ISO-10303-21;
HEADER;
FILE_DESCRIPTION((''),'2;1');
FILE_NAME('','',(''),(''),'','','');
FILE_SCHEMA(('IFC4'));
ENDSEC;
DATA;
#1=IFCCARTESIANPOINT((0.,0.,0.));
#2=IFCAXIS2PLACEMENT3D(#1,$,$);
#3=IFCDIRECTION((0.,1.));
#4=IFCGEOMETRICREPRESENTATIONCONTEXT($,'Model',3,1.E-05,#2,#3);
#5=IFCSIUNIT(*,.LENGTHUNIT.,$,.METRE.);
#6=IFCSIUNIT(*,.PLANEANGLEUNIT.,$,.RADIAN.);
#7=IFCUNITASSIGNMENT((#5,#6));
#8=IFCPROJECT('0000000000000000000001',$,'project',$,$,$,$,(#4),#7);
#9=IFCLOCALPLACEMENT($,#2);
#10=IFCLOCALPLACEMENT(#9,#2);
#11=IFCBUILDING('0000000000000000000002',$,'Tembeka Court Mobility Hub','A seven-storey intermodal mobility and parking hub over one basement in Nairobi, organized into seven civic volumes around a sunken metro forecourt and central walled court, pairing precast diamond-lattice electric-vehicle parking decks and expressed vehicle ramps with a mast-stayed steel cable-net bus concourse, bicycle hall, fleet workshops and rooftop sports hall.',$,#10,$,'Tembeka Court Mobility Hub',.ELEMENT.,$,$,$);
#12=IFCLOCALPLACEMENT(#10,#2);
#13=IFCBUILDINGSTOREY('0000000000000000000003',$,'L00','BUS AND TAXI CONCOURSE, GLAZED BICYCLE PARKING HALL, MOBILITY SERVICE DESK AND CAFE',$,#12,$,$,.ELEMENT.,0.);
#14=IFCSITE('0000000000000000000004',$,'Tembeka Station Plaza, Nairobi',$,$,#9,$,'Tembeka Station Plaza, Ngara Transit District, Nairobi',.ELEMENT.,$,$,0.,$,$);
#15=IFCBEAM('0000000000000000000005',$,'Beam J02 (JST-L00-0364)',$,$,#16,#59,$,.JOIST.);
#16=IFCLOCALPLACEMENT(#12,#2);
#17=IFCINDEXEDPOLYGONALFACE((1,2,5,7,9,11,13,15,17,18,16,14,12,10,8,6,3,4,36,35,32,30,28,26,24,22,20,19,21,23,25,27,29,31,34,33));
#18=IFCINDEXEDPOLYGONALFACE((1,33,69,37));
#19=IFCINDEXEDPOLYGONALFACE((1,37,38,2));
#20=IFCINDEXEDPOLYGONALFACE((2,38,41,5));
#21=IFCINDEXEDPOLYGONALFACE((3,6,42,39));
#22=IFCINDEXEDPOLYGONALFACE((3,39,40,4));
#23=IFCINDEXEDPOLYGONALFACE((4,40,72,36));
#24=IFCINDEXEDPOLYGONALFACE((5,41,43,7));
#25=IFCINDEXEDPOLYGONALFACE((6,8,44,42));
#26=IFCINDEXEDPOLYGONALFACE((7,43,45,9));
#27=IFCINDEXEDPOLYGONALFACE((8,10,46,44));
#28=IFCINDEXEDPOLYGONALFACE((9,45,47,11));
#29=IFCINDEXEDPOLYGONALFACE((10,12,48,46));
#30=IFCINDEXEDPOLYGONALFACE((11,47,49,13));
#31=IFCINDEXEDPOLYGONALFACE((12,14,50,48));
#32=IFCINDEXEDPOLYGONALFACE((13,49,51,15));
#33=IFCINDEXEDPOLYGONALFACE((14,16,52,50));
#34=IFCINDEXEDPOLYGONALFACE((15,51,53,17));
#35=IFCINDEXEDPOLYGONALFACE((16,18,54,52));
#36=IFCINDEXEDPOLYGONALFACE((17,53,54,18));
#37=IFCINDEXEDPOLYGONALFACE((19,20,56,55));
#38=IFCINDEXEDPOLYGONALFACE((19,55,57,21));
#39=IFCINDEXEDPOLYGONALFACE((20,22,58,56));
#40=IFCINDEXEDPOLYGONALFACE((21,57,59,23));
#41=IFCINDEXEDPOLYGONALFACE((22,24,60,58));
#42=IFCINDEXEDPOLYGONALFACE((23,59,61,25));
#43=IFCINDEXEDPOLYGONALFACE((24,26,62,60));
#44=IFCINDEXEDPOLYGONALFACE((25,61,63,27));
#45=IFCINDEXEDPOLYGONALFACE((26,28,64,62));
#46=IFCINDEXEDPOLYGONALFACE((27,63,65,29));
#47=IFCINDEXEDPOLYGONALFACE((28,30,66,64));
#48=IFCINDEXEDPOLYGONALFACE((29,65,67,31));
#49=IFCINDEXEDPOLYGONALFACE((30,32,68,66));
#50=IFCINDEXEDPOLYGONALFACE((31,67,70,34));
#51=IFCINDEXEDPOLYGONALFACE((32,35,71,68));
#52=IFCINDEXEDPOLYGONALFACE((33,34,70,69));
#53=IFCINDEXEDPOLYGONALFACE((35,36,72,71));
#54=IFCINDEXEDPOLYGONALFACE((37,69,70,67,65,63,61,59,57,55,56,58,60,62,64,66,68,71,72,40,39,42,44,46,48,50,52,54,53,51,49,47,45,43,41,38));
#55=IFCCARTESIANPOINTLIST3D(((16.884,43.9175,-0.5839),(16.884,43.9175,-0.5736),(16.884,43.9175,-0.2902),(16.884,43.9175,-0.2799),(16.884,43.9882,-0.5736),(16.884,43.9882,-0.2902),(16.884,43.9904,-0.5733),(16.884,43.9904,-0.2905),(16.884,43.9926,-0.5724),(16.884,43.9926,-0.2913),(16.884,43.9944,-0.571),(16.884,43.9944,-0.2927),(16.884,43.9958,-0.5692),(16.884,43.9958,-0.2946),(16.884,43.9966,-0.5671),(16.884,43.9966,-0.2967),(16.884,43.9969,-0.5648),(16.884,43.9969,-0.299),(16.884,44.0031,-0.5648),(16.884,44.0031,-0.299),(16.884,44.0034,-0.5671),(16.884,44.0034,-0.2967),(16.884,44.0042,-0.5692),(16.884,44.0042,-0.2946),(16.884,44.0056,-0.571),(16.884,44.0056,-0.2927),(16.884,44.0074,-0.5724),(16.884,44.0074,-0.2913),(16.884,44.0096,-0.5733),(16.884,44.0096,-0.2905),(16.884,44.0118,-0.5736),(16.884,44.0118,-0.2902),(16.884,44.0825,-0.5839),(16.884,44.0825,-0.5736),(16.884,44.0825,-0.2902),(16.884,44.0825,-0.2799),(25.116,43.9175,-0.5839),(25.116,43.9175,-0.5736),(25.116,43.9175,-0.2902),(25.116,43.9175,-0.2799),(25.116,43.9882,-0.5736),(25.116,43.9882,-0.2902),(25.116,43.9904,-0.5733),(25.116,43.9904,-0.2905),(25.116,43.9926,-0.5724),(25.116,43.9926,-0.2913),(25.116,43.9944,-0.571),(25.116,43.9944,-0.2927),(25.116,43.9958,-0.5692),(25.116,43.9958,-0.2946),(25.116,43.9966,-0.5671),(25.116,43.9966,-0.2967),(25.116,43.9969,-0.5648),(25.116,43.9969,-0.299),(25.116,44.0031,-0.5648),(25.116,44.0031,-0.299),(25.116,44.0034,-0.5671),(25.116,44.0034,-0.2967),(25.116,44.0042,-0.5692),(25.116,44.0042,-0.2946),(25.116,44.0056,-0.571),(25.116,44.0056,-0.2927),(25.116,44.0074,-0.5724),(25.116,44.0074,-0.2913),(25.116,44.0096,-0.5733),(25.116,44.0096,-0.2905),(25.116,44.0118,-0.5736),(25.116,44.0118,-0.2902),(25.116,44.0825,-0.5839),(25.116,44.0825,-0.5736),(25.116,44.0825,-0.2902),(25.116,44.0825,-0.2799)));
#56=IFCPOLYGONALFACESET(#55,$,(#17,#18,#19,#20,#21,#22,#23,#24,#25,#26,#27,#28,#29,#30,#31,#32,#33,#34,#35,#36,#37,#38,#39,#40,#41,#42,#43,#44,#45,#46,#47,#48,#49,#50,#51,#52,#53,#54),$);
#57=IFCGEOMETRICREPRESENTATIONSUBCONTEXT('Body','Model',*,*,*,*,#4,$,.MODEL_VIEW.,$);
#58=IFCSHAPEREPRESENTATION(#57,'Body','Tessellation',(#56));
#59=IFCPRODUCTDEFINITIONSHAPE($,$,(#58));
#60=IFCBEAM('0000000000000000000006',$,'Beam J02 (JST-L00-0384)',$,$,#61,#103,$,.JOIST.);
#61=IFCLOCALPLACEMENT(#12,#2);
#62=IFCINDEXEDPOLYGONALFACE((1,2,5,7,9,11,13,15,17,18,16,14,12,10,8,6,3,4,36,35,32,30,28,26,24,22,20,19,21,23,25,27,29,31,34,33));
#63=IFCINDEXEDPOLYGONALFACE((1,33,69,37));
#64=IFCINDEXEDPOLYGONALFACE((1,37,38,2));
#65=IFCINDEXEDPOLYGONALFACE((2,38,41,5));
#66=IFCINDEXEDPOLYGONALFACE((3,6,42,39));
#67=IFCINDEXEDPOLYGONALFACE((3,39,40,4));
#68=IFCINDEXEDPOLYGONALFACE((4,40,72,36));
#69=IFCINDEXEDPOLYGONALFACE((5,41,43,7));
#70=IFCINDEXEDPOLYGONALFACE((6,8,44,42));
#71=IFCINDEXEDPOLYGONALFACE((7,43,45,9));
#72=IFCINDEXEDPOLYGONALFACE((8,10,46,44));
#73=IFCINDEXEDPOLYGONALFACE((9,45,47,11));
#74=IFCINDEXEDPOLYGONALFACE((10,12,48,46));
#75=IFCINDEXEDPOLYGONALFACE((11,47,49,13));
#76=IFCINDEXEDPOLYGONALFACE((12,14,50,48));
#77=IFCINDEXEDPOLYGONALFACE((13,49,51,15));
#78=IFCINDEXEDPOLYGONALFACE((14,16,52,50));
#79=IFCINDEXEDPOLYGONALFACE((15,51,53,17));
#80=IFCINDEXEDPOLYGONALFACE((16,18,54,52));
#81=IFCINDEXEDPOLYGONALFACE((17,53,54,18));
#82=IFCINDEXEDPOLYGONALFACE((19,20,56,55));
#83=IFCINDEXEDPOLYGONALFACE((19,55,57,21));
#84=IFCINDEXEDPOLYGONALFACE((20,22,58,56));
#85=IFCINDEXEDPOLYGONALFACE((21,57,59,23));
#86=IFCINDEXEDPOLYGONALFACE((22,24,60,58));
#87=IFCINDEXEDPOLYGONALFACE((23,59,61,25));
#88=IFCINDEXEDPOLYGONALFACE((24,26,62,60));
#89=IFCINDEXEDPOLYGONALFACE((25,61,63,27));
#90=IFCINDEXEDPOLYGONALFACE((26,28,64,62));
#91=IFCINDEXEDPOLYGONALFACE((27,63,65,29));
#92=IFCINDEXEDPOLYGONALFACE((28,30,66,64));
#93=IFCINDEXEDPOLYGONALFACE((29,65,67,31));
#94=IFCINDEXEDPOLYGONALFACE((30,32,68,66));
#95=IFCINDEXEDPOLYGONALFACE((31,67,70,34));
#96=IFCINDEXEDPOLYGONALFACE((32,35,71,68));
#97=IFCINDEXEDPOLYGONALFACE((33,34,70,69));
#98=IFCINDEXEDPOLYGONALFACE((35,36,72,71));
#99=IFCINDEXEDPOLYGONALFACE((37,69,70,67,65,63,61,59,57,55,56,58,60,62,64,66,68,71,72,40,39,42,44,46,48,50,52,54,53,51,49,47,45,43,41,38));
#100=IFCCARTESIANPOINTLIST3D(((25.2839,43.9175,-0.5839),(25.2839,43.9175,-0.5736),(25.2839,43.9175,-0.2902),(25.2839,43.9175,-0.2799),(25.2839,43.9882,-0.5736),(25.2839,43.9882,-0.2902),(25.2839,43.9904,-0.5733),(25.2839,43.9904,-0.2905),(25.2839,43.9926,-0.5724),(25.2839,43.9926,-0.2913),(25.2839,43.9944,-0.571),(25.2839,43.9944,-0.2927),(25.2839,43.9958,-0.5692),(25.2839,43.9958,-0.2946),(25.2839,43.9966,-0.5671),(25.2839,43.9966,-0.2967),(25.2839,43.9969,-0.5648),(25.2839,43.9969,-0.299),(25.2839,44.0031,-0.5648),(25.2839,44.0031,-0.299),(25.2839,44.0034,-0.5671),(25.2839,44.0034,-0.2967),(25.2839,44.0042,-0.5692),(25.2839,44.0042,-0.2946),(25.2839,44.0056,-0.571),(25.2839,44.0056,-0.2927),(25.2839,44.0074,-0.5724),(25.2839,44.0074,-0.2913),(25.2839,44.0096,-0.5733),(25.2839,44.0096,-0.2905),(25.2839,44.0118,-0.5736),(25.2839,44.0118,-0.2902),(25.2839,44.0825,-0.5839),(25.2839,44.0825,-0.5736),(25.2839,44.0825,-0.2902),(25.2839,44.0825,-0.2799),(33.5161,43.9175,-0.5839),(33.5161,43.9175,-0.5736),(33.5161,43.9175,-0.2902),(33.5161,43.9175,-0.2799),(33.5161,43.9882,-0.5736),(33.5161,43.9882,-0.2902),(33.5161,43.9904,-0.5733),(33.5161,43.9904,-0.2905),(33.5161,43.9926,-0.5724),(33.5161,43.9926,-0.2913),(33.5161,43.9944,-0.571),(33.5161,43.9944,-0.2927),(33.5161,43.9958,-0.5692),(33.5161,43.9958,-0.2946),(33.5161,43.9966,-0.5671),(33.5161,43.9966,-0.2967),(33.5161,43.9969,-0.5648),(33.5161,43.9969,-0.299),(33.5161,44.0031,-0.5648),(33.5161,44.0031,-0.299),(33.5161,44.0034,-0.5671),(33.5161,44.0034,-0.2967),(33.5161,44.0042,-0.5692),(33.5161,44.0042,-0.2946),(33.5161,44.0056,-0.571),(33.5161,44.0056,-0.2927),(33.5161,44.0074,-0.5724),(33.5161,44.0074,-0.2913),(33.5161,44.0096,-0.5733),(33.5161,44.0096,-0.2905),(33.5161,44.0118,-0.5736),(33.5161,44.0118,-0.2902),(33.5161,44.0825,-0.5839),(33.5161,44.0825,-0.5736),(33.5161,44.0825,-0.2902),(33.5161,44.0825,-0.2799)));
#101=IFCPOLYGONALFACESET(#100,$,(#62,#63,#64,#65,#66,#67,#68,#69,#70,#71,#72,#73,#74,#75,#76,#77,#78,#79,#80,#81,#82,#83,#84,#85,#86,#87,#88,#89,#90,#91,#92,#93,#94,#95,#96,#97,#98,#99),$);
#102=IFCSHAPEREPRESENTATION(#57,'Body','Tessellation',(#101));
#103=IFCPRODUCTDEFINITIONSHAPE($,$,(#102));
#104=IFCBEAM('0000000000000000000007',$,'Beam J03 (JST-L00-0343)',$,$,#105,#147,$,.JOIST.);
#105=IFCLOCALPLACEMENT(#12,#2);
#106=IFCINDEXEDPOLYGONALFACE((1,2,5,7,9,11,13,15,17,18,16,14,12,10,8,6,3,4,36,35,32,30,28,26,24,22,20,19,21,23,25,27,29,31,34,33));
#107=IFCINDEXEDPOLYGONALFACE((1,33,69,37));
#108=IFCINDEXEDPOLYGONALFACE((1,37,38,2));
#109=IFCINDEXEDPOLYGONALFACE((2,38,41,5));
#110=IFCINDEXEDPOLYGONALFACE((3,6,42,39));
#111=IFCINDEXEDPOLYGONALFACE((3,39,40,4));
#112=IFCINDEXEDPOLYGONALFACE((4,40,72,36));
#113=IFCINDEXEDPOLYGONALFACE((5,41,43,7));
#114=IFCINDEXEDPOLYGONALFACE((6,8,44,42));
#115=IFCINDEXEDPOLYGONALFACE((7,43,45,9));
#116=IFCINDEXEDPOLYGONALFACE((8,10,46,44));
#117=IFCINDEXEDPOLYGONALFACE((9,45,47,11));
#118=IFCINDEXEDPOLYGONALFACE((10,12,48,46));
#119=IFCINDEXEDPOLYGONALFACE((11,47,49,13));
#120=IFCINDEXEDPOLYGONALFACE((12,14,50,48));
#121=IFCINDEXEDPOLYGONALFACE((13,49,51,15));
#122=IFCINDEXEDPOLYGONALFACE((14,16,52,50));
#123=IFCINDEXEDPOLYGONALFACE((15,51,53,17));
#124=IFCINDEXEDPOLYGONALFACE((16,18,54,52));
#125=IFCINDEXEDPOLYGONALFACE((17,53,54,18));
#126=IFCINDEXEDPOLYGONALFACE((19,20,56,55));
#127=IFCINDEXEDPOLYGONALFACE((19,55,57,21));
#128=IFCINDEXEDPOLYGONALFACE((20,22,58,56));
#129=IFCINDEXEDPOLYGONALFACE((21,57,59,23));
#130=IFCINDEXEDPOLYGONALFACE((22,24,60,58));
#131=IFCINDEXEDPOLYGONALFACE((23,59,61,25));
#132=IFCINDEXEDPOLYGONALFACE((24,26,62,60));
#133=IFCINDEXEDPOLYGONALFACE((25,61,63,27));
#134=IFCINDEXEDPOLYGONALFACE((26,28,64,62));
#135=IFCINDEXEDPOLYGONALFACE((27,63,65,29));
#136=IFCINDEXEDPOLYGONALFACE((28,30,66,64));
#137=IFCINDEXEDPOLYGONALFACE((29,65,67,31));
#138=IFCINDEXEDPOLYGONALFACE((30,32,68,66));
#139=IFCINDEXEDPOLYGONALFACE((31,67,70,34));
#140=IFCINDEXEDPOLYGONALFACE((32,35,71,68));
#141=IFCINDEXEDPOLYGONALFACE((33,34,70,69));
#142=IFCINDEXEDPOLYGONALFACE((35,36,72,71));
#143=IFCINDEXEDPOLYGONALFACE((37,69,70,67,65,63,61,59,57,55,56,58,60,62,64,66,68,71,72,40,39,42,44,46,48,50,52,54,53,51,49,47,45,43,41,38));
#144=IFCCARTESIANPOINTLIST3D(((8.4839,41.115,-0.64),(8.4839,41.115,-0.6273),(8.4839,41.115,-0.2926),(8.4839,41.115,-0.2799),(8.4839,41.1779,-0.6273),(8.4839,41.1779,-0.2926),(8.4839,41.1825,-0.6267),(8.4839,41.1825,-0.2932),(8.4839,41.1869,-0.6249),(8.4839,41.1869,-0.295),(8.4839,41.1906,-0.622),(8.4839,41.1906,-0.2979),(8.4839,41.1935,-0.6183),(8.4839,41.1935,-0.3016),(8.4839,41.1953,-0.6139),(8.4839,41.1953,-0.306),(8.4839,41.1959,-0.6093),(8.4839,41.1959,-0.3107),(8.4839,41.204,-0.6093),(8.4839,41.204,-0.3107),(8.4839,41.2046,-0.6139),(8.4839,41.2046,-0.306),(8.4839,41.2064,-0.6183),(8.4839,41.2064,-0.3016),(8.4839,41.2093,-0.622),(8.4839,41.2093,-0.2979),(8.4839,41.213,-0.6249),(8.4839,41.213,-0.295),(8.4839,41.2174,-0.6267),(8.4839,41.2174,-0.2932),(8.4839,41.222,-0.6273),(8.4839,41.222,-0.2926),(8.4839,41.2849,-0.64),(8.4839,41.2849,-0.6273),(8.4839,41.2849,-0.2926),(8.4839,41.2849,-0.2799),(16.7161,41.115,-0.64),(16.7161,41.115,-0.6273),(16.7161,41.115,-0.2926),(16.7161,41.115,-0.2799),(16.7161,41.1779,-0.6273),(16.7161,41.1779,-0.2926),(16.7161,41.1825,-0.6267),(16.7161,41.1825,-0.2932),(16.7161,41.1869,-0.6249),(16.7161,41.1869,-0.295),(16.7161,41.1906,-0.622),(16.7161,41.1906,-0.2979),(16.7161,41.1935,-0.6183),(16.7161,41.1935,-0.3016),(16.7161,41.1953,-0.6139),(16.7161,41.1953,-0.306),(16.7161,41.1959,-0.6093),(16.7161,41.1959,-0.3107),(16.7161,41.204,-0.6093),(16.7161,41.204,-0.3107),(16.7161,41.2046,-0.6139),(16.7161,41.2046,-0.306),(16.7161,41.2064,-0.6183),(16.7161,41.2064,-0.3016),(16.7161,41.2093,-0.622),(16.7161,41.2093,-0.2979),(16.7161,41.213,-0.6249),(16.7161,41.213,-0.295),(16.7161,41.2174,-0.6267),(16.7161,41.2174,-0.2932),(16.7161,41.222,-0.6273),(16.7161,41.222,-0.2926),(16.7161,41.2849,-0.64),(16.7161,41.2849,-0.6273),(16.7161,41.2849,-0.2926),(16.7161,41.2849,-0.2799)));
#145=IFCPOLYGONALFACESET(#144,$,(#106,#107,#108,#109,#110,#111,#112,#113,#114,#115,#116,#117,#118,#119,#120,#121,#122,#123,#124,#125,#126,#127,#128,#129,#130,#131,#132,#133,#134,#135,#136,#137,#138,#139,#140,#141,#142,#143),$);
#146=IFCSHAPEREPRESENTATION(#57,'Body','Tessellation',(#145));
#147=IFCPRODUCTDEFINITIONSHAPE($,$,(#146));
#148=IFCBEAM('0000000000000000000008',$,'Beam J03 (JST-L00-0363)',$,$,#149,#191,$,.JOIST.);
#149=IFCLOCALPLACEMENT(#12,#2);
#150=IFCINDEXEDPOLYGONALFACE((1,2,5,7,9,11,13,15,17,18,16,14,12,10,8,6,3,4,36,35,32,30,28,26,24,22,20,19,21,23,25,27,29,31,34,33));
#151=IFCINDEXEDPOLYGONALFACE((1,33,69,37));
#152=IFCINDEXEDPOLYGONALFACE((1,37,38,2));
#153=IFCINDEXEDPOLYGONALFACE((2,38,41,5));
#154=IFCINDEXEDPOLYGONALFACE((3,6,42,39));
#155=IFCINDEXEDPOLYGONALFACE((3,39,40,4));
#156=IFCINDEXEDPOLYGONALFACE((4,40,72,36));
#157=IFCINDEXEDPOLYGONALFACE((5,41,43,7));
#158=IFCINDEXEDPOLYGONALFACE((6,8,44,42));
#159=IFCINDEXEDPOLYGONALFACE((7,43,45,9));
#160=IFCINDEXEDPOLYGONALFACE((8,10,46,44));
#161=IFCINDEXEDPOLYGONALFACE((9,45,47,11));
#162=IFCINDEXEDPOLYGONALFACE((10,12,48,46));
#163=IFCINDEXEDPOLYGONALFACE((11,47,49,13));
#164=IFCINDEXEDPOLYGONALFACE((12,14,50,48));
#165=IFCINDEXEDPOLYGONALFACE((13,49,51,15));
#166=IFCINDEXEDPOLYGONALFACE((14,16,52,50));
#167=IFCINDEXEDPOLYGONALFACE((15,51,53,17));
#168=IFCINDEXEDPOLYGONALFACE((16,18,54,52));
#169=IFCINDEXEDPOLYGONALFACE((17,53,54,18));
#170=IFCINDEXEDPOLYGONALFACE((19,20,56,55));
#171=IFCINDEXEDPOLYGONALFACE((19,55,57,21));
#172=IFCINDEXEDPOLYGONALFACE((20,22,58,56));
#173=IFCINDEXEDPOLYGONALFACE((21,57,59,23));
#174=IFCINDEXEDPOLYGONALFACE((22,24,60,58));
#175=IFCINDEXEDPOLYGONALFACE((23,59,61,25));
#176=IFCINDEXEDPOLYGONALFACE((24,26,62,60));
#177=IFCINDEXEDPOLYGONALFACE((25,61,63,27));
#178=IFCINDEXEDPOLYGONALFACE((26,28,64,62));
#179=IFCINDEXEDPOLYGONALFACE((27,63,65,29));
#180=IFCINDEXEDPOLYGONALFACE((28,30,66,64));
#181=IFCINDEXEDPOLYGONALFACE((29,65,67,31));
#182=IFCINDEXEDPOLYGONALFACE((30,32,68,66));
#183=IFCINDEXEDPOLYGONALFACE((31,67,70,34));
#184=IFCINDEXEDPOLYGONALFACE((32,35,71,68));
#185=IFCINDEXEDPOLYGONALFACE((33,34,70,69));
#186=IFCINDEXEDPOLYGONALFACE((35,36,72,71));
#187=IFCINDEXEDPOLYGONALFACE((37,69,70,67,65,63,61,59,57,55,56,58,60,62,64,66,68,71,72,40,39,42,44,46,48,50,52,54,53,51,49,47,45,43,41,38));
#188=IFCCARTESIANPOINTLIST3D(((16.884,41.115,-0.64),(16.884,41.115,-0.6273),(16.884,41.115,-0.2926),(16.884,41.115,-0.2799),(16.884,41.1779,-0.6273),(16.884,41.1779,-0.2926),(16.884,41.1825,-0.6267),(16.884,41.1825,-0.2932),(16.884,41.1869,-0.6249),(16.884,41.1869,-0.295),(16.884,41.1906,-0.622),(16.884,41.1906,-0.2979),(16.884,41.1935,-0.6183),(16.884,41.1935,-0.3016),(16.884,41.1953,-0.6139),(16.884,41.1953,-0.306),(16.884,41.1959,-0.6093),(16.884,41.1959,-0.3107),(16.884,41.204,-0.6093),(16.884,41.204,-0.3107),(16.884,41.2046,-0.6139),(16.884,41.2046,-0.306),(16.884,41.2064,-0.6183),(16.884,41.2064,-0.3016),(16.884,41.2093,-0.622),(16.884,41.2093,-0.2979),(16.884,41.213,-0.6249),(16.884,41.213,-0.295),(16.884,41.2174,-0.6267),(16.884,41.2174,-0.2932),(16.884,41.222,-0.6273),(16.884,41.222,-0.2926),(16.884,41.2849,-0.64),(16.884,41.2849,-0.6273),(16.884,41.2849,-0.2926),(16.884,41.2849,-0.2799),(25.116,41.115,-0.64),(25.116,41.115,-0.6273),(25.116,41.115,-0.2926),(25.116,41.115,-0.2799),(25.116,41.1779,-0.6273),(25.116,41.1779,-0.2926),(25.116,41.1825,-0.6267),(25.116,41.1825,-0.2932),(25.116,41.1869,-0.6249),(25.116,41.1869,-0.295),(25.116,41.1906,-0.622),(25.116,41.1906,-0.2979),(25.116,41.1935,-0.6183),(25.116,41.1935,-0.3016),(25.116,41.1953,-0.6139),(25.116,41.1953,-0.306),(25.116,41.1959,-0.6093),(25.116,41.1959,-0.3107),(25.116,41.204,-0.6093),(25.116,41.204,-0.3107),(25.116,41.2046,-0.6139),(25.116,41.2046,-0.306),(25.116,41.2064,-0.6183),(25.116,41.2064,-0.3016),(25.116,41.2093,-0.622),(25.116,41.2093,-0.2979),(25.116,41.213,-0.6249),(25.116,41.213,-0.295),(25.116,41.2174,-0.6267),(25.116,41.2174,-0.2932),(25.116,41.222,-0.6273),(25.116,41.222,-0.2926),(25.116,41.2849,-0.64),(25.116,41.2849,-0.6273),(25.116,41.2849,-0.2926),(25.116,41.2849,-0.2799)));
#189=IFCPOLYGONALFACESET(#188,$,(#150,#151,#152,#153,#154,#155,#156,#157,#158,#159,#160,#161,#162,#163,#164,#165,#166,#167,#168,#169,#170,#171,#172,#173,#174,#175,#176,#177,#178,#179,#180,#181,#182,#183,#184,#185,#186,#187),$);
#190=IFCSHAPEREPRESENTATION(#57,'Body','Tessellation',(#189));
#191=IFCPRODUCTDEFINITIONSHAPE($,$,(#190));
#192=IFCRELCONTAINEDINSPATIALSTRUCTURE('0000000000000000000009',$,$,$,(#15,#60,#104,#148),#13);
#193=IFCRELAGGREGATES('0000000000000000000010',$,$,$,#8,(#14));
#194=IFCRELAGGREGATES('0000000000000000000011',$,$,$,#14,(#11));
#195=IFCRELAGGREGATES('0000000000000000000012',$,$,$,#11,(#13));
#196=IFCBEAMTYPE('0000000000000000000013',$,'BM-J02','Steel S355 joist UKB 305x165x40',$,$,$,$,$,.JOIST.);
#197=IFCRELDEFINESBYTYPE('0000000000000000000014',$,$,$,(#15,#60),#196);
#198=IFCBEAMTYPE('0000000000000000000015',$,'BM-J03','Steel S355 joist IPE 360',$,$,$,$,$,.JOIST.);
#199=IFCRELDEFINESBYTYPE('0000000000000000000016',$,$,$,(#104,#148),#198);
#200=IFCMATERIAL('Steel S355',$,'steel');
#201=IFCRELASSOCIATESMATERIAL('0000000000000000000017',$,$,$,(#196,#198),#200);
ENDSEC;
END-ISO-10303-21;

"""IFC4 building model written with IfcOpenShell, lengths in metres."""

from ifc_helpers import new_model, si_unit, direction, frame, origin, origin_2d, place, context, subcontext, project, spatial, i_section, extrude, material, material_profile, profile_set, type_object, element, save


model = new_model("IFC4")

# Units and contexts
model_context = context("Model", 3, precision=1e-05, world=origin(), true_north=direction((0.0, 1.0)))
body_context = subcontext(model_context, "Body", "Model", "MODEL_VIEW")
ifc_project = project(units=[si_unit("LENGTHUNIT", "METRE"), si_unit("PLANEANGLEUNIT", "RADIAN")], contexts=[model_context])

# Site, building, storey
site_placement = place(None, origin())
site = spatial("IfcSite", under=ifc_project, at=site_placement, Name="Tembeka Station Plaza, Nairobi", LongName="Tembeka Station Plaza, Ngara Transit District, Nairobi", CompositionType="ELEMENT", RefElevation=0.0)
building_placement = place(site_placement, origin())
building = spatial("IfcBuilding", under=site, at=building_placement, Name="Tembeka Court Mobility Hub", Description="A seven-storey intermodal mobility and parking hub over one basement in Nairobi, organized into seven civic volumes around a sunken metro forecourt and central walled court, pairing precast diamond-lattice electric-vehicle parking decks and expressed vehicle ramps with a mast-stayed steel cable-net bus concourse, bicycle hall, fleet workshops and rooftop sports hall.", LongName="Tembeka Court Mobility Hub", CompositionType="ELEMENT")
storey_placement = place(building_placement, origin())
storey = spatial("IfcBuildingStorey", under=building, at=storey_placement, Name="L00", Description="BUS AND TAXI CONCOURSE, GLAZED BICYCLE PARKING HALL, MOBILITY SERVICE DESK AND CAFE", CompositionType="ELEMENT", Elevation=0.0)

# Shared definitions
ifc_material_1 = material(Name="Steel S355", Category="steel")

# Beams
ifc_material_profile_1 = material_profile(ifc_material_1, i_section(OverallWidth=0.165, OverallDepth=0.304, WebThickness=0.0061, FlangeThickness=0.0103, FilletRadius=0.0088, at=origin_2d()), Name="UKB 305x165x40")
ifc_profile_set_1 = profile_set([ifc_material_profile_1], Name="Steel S355")
beam_type_1 = type_object("IfcBeamType", Name="BM-J02", Description="Steel S355 joist UKB 305x165x40", PredefinedType="JOIST", material=ifc_profile_set_1)
beam_1_placement = place(storey_placement, frame((16.884, 44.0, -0.4319), z_axis=(1.0, 0.0, 0.0), x_axis=(0.0, 1.0, 0.0)))
element("IfcBeam", 1, at=beam_1_placement, inside=storey, type_object=beam_type_1, Name="Beam J02 (JST-L00-0364)", PredefinedType="JOIST", context=body_context, shape_type="SweptSolid", body=[
    extrude(i_section(OverallWidth=0.165, OverallDepth=0.304, WebThickness=0.0061, FlangeThickness=0.0103, FilletRadius=0.0088, at=origin_2d()), origin(), (0.0, 0.0, 1.0), 8.2319),
])
beam_2_placement = place(storey_placement, frame((25.2839, 44.0, -0.4319), z_axis=(1.0, 0.0, 0.0), x_axis=(0.0, 1.0, 0.0)))
element("IfcBeam", 2, at=beam_2_placement, inside=storey, type_object=beam_type_1, Name="Beam J02 (JST-L00-0384)", PredefinedType="JOIST", context=body_context, shape_type="SweptSolid", body=[
    extrude(i_section(OverallWidth=0.165, OverallDepth=0.304, WebThickness=0.0061, FlangeThickness=0.0103, FilletRadius=0.0088, at=origin_2d()), origin(), (0.0, 0.0, 1.0), 8.2322),
])
ifc_material_profile_2 = material_profile(ifc_material_1, i_section(OverallWidth=0.1699, OverallDepth=0.3601, WebThickness=0.0081, FlangeThickness=0.0127, FilletRadius=0.0181, at=origin_2d()), Name="IPE 360")
ifc_profile_set_2 = profile_set([ifc_material_profile_2], Name="Steel S355")
beam_type_2 = type_object("IfcBeamType", Name="BM-J03", Description="Steel S355 joist IPE 360", PredefinedType="JOIST", material=ifc_profile_set_2)
beam_3_placement = place(storey_placement, frame((8.4839, 41.2, -0.46), z_axis=(1.0, 0.0, 0.0), x_axis=(0.0, 1.0, 0.0)))
element("IfcBeam", 3, at=beam_3_placement, inside=storey, type_object=beam_type_2, Name="Beam J03 (JST-L00-0343)", PredefinedType="JOIST", context=body_context, shape_type="SweptSolid", body=[
    extrude(i_section(OverallWidth=0.1699, OverallDepth=0.3601, WebThickness=0.0081, FlangeThickness=0.0127, FilletRadius=0.0181, at=origin_2d()), origin(), (0.0, 0.0, 1.0), 8.2322),
])
beam_4_placement = place(storey_placement, frame((16.884, 41.2, -0.46), z_axis=(1.0, 0.0, 0.0), x_axis=(0.0, 1.0, 0.0)))
element("IfcBeam", 4, at=beam_4_placement, inside=storey, type_object=beam_type_2, Name="Beam J03 (JST-L00-0363)", PredefinedType="JOIST", context=body_context, shape_type="SweptSolid", body=[
    extrude(i_section(OverallWidth=0.1699, OverallDepth=0.3601, WebThickness=0.0081, FlangeThickness=0.0127, FilletRadius=0.0181, at=origin_2d()), origin(), (0.0, 0.0, 1.0), 8.2319),
])

save(model, "model.ifc")
